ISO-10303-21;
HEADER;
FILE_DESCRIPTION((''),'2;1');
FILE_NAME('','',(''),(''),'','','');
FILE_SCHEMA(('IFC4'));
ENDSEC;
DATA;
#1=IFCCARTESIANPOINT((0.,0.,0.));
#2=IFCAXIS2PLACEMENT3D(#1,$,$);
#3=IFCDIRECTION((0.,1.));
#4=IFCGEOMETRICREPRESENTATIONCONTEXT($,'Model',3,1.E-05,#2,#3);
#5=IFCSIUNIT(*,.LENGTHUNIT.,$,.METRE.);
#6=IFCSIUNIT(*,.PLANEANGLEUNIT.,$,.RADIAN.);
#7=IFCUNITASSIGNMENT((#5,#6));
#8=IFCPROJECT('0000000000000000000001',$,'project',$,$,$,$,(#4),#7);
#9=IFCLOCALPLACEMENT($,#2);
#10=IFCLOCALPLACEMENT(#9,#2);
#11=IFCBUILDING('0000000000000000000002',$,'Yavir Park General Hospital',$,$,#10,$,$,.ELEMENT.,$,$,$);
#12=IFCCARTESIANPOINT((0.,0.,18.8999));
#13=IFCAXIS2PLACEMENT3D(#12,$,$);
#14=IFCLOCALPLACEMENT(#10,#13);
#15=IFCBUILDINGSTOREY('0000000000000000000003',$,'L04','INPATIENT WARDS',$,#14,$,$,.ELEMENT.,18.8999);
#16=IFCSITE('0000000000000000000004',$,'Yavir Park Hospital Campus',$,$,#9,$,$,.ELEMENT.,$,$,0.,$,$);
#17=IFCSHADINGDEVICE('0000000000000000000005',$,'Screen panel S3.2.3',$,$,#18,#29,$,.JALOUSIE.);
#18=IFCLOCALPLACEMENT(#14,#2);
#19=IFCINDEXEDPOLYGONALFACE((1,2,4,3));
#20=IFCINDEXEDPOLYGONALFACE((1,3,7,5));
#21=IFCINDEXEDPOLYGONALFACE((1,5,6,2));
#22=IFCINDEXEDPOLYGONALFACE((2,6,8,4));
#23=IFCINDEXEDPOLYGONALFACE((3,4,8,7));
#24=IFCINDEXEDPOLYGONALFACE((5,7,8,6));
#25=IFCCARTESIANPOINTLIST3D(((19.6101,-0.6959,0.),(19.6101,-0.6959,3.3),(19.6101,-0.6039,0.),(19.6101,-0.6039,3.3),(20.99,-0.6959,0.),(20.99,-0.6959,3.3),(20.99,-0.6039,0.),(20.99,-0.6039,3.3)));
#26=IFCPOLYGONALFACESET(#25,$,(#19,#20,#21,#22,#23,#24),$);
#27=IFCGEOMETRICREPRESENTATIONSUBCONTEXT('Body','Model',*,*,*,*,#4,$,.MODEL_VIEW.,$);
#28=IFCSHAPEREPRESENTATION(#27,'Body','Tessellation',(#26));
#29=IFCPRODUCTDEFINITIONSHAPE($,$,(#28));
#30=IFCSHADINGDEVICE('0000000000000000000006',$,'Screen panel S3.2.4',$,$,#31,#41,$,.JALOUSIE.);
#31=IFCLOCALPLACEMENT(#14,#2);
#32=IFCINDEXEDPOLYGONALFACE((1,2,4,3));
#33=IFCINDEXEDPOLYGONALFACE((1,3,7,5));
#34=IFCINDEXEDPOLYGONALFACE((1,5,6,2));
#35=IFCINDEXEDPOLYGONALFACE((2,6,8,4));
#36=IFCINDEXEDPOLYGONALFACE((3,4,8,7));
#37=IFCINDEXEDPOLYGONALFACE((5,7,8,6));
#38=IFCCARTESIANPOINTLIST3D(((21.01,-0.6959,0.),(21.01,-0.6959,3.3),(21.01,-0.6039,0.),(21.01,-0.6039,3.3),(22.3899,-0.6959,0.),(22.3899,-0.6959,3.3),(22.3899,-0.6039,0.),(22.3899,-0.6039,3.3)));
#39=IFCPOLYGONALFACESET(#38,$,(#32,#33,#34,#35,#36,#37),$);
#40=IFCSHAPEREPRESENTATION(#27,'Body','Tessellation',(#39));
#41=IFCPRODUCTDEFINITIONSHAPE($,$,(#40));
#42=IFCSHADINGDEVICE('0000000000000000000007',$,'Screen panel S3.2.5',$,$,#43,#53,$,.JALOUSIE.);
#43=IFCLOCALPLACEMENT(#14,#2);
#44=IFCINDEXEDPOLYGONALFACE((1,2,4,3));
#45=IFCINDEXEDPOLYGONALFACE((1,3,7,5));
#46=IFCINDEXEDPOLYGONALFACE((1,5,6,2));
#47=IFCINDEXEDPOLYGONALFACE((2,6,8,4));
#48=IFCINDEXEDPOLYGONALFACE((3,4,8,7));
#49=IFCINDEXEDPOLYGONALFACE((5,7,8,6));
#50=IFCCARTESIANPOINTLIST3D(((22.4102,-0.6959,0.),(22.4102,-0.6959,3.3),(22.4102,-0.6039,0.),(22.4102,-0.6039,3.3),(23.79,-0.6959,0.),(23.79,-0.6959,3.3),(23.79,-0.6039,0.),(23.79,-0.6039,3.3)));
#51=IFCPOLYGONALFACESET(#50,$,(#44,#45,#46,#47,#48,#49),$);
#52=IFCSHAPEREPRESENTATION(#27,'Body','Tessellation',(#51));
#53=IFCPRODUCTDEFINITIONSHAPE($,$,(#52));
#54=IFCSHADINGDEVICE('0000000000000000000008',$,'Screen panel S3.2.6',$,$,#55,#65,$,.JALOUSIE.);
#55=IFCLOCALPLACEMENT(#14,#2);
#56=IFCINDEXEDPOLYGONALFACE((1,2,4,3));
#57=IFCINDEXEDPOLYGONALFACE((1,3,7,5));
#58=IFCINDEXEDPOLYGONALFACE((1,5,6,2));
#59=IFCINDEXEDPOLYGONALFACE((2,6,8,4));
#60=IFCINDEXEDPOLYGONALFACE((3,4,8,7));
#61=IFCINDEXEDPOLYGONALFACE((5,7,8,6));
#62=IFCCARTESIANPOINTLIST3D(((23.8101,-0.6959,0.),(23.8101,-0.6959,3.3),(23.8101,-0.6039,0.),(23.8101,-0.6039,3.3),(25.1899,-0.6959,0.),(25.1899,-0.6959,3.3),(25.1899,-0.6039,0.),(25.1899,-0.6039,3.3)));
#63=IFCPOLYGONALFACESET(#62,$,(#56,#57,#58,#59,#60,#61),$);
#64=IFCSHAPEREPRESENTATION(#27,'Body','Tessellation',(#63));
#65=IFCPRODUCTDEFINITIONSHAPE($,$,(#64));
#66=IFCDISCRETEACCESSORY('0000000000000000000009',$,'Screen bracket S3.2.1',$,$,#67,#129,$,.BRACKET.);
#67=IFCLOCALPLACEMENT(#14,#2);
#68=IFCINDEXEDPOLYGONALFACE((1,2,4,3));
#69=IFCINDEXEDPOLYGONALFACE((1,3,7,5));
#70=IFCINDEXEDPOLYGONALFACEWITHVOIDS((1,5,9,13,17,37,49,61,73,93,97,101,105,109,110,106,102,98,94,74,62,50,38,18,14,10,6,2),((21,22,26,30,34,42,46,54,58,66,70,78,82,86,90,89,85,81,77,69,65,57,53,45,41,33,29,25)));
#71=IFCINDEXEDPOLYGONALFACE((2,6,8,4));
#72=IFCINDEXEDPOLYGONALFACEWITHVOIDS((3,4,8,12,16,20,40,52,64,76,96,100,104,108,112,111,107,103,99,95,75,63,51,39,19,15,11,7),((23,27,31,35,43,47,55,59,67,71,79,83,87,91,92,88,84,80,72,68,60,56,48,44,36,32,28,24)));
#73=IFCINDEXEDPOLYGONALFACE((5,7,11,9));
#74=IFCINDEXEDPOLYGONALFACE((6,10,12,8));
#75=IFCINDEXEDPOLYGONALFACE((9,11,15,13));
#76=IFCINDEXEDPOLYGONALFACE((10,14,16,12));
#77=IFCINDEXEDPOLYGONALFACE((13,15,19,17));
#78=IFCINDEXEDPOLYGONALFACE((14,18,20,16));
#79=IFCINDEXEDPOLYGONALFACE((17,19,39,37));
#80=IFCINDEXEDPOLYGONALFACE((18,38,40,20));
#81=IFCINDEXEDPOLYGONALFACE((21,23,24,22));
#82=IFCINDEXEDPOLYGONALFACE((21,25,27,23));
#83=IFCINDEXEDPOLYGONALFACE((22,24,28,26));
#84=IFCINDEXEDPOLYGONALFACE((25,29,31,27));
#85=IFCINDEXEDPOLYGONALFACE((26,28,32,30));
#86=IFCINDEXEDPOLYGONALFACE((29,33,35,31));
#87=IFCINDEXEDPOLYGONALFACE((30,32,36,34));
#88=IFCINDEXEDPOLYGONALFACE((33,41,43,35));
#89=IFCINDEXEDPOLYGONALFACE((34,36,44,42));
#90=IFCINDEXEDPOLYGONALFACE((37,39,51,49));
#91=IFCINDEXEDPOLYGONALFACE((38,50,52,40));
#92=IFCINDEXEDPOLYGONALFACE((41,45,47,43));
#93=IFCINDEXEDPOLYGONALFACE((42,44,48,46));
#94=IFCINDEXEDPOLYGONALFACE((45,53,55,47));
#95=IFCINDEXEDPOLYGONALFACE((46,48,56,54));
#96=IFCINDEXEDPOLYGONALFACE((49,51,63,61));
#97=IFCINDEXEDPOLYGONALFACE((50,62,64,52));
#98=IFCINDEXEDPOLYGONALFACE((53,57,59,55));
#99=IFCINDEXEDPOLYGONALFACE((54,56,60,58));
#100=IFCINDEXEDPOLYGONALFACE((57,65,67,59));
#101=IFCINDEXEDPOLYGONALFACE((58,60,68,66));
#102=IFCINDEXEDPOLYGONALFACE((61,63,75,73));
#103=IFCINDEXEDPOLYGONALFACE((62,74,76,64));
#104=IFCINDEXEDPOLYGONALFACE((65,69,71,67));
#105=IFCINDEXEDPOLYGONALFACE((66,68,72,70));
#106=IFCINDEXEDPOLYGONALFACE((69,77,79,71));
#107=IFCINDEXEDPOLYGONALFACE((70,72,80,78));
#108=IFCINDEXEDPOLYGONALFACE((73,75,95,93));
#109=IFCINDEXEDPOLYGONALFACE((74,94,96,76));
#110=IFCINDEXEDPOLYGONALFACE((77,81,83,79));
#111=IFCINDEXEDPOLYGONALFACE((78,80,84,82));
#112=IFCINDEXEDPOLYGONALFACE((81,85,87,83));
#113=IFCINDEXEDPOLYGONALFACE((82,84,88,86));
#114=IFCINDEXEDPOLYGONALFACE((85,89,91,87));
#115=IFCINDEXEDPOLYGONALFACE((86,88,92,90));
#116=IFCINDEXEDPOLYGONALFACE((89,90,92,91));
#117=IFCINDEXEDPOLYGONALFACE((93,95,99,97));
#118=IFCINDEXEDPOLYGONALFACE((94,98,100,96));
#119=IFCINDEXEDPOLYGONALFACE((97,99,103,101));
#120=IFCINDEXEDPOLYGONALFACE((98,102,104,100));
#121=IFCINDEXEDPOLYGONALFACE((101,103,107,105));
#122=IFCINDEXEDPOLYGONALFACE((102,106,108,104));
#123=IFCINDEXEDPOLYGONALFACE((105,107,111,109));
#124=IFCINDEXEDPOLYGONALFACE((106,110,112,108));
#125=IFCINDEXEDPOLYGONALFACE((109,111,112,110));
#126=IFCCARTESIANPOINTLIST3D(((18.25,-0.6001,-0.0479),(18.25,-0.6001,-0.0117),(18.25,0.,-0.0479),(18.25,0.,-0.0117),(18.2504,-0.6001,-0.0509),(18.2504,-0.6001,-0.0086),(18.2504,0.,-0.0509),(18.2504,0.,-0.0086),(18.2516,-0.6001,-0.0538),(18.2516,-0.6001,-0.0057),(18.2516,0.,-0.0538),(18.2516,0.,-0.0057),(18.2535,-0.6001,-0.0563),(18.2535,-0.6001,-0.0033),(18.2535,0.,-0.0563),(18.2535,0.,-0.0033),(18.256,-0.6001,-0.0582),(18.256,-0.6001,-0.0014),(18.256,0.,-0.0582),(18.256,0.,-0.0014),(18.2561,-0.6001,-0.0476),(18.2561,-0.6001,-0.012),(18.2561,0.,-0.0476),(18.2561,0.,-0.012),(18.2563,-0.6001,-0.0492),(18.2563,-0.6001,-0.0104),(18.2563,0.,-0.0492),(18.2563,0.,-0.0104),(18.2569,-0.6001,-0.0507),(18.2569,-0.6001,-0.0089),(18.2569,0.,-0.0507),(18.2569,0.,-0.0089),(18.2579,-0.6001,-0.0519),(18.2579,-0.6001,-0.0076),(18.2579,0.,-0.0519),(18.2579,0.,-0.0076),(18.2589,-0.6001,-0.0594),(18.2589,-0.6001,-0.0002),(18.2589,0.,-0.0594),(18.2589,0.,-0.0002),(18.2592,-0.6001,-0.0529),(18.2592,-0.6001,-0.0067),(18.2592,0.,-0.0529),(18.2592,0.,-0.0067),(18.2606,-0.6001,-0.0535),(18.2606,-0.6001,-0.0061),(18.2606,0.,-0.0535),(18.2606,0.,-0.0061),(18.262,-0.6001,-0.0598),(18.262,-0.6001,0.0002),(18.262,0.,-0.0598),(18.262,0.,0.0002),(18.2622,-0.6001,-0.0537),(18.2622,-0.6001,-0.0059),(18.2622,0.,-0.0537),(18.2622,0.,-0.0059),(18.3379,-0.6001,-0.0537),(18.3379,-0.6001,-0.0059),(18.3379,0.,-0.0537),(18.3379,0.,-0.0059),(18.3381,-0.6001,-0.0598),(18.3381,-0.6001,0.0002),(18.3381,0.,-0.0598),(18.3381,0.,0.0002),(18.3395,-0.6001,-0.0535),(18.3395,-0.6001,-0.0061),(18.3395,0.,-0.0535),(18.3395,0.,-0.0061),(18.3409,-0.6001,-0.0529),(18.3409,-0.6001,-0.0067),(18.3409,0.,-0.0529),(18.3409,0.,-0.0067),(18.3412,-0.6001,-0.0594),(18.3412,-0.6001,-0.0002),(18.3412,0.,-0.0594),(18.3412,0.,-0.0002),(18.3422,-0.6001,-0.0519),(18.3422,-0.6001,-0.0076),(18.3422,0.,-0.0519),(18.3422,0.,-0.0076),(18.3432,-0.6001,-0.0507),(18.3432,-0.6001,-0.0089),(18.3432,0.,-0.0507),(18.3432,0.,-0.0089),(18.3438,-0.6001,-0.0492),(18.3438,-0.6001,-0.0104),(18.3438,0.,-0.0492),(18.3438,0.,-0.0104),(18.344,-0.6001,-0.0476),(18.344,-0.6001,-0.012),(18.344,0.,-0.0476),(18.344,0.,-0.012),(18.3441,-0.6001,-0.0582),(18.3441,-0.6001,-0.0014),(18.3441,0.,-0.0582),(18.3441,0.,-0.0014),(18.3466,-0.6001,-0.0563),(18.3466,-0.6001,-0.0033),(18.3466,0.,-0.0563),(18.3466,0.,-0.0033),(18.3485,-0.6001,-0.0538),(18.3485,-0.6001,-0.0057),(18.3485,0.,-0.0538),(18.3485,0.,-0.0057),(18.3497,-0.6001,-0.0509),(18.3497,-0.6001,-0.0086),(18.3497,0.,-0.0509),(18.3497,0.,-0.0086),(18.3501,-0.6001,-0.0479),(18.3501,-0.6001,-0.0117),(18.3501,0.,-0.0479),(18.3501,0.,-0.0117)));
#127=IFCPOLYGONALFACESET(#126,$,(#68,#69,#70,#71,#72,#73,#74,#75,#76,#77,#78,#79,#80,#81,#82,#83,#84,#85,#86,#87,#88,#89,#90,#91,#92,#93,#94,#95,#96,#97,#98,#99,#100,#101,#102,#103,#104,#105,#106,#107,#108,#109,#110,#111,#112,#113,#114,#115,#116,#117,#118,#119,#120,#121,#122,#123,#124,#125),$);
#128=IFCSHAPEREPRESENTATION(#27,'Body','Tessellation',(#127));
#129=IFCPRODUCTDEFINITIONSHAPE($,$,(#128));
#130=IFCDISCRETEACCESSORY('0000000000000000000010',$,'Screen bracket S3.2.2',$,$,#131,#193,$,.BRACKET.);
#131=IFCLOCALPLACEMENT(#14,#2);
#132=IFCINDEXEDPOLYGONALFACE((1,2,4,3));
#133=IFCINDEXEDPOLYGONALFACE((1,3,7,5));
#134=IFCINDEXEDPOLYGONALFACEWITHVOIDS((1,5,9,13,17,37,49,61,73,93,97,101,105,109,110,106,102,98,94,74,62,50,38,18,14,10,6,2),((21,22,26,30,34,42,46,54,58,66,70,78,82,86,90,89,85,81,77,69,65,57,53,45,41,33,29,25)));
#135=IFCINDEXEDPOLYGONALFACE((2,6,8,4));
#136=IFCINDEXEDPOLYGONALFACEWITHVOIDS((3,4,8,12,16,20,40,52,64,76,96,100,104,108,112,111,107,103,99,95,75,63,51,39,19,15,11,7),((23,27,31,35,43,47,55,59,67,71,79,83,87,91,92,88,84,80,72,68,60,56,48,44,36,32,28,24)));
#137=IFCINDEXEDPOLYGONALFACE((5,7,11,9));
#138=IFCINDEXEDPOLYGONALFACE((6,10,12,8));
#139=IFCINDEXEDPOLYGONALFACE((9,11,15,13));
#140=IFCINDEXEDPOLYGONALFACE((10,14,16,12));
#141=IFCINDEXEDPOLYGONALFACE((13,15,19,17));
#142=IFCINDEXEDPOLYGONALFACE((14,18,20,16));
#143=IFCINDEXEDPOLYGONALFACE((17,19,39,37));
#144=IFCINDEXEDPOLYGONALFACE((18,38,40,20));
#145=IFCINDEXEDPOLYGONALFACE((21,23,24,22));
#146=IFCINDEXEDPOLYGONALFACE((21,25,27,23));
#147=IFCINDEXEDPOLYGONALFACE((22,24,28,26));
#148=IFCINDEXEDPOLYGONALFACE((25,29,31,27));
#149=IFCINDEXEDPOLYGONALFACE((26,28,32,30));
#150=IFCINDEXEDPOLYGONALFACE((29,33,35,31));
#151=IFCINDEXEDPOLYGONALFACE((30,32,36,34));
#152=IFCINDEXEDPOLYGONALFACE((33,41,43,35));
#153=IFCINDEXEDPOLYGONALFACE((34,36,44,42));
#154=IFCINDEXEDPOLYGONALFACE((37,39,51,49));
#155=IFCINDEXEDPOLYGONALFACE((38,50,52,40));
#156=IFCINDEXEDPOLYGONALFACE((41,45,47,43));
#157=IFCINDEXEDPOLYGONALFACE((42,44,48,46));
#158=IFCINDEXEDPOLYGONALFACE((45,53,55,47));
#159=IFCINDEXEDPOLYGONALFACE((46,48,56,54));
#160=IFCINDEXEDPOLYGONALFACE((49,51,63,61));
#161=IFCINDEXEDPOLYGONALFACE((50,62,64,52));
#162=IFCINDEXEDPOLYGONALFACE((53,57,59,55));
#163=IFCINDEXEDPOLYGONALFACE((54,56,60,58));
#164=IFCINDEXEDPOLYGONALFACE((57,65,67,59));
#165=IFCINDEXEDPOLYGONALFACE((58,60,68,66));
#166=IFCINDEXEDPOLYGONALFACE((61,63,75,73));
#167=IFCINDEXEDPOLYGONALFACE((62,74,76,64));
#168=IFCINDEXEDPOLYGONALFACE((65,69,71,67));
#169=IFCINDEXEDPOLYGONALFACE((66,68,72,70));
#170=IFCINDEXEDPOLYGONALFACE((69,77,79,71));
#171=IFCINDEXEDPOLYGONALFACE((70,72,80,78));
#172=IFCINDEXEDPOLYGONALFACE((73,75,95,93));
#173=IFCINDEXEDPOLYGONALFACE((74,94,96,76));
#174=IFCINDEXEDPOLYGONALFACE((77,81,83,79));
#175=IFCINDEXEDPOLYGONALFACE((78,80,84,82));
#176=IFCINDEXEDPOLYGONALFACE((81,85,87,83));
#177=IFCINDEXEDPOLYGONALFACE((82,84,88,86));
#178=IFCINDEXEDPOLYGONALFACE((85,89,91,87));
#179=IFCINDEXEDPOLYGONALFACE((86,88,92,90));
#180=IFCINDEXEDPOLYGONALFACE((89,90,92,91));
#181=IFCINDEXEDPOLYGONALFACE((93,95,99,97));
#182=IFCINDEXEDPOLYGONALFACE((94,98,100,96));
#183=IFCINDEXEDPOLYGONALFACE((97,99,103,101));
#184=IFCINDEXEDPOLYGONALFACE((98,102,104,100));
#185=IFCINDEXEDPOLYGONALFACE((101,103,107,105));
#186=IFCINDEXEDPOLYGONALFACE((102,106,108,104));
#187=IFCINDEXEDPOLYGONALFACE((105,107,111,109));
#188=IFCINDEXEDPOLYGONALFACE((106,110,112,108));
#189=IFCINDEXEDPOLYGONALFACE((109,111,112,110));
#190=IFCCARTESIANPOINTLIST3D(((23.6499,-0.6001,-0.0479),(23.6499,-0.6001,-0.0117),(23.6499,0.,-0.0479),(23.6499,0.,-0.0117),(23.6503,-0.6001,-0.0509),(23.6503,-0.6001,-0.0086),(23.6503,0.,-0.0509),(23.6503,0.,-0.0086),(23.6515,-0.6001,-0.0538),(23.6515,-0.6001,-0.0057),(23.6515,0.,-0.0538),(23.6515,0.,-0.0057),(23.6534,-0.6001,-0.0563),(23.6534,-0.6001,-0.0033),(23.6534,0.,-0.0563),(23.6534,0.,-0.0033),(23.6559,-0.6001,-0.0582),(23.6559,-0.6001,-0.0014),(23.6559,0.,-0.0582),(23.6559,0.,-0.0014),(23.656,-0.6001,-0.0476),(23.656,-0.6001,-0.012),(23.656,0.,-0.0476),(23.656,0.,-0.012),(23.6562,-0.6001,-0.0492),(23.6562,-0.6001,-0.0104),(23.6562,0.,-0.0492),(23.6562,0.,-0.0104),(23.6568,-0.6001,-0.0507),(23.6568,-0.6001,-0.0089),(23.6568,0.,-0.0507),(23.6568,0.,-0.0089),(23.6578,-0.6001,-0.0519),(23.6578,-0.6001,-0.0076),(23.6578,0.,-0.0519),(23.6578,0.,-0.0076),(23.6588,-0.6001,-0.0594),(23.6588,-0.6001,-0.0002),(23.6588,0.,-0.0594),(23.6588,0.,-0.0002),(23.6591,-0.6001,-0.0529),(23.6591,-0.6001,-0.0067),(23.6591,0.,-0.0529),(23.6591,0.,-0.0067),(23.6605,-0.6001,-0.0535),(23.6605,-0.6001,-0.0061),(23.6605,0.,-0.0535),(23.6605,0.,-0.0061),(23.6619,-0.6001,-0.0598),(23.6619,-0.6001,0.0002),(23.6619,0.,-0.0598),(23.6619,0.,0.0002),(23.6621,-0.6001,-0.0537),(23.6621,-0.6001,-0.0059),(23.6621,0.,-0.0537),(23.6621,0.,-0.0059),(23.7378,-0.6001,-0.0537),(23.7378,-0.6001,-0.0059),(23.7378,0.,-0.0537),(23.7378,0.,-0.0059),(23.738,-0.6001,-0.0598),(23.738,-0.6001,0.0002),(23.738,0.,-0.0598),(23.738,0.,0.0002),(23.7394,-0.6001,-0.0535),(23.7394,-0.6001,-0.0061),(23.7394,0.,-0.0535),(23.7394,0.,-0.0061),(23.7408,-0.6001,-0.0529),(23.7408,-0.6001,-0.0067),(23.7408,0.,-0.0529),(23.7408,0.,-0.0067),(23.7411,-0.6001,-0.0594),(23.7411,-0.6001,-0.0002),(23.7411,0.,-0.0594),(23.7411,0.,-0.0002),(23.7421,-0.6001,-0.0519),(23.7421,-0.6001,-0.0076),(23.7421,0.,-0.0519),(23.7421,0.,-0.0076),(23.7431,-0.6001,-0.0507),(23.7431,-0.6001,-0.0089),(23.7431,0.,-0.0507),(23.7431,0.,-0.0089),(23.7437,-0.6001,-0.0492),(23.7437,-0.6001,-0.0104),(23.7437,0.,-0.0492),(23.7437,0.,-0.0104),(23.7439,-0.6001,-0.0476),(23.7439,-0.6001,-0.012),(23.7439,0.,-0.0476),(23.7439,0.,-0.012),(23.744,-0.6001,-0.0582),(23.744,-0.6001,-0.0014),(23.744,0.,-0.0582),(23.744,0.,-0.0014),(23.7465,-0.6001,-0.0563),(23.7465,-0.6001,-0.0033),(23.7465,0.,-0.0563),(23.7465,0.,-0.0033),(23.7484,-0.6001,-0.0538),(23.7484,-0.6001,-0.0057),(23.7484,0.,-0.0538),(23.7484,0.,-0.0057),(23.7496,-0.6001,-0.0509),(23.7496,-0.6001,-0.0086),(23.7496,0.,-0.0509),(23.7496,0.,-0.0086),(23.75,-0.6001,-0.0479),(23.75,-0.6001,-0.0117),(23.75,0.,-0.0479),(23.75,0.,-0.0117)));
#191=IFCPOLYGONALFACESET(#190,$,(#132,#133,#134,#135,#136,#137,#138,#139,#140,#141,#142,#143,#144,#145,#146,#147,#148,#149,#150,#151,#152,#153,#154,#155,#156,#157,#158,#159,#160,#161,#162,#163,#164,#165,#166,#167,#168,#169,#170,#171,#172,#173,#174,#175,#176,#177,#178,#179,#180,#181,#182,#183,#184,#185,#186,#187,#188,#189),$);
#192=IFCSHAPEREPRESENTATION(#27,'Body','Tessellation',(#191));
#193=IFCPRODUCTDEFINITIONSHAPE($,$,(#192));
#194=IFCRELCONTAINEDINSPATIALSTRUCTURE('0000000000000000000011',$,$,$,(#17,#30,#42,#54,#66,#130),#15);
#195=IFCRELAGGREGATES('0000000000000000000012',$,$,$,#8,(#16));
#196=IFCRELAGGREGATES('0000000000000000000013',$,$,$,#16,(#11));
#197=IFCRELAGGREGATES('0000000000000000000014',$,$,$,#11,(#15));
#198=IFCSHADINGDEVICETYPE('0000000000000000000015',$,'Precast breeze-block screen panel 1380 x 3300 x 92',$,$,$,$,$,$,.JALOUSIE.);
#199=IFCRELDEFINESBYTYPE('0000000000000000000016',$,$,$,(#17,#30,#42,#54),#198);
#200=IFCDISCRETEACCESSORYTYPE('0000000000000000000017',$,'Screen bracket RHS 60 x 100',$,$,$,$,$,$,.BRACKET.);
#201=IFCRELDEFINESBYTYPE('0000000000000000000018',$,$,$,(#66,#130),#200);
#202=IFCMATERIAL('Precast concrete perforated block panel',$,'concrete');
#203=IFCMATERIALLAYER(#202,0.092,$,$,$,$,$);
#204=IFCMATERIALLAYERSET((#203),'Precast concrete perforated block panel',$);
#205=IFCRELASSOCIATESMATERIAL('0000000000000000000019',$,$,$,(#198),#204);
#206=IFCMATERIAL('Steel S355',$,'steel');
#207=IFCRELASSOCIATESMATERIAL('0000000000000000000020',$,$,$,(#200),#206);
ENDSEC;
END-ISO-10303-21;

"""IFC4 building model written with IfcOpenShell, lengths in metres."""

from ifc_helpers import new_model, si_unit, direction, frame, origin, origin_2d, place, context, subcontext, project, spatial, rectangle, hollow_rectangle, extrude, material, layer, layer_set, material_profile, profile_set, type_object, element, save


model = new_model("IFC4")

# Units and contexts
model_context = context("Model", 3, precision=1e-05, world=origin(), true_north=direction((0.0, 1.0)))
body_context = subcontext(model_context, "Body", "Model", "MODEL_VIEW")
ifc_project = project(units=[si_unit("LENGTHUNIT", "METRE"), si_unit("PLANEANGLEUNIT", "RADIAN")], contexts=[model_context])

# Site, building, storey
site_placement = place(None, origin())
site = spatial("IfcSite", under=ifc_project, at=site_placement, Name="Yavir Park Hospital Campus", CompositionType="ELEMENT", RefElevation=0.0)
building_placement = place(site_placement, origin())
building = spatial("IfcBuilding", under=site, at=building_placement, Name="Yavir Park General Hospital", CompositionType="ELEMENT")
storey_placement = place(building_placement, frame((0.0, 0.0, 18.8999)))
storey = spatial("IfcBuildingStorey", under=building, at=storey_placement, Name="L04", Description="INPATIENT WARDS", CompositionType="ELEMENT", Elevation=18.8999)

# Shading devices
ifc_material_1 = material(Name="Precast concrete perforated block panel", Category="concrete")
ifc_layer_1 = layer(ifc_material_1, 0.092)
ifc_layer_set_1 = layer_set([ifc_layer_1], Name="Precast concrete perforated block panel")
shading_device_type = type_object("IfcShadingDeviceType", Name="Precast breeze-block screen panel 1380 x 3300 x 92", PredefinedType="JALOUSIE", material=ifc_layer_set_1)
for number, where, z_axis, x_axis, name in (
    (1, (20.3, -0.6499, 0.0), (0.0, 0.0, 1.0), (1.0, 0.0, 0.0), "Screen panel S3.2.3"),
    (2, (21.7, -0.6499, 0.0), (0.0, 0.0, 1.0), (1.0, 0.0, 0.0), "Screen panel S3.2.4"),
    (3, (23.1001, -0.6499, 0.0), (0.0, 0.0, 1.0), (1.0, 0.0, 0.0), "Screen panel S3.2.5"),
    (4, (24.5, -0.6499, 0.0), (0.0, 0.0, 1.0), (1.0, 0.0, 0.0), "Screen panel S3.2.6"),
):
    element("IfcShadingDevice", number, at=place(storey_placement, frame(where, z_axis=z_axis, x_axis=x_axis)), inside=storey, type_object=shading_device_type, Name=name, PredefinedType="JALOUSIE", context=body_context, shape_type="SweptSolid", body=[
        extrude(rectangle(XDim=1.3799, YDim=0.092, at=origin_2d()), origin(), (0.0, 0.0, 1.0), 3.3),
    ])

# Discrete accessories
ifc_material_2 = material(Name="Steel S355", Category="steel")
ifc_material_profile_1 = material_profile(ifc_material_2, hollow_rectangle(XDim=0.1001, YDim=0.0601, WallThickness=0.0061, InnerFilletRadius=0.0061, OuterFilletRadius=0.012, at=origin_2d()), Name="RHS60x100x6")
ifc_profile_set_1 = profile_set([ifc_material_profile_1], Name="Steel S355")
discrete_accessory_type_1 = type_object("IfcDiscreteAccessoryType", Name="Screen bracket RHS 60 x 100", PredefinedType="BRACKET", material=ifc_profile_set_1)
for number, where, z_axis, x_axis, name in (
    (5, (18.3, 0.0, -0.0298), (0.0, -1.0, 0.0), (1.0, 0.0, 0.0), "Screen bracket S3.2.1"),
    (6, (23.7, 0.0, -0.0298), (0.0, -1.0, 0.0), (1.0, 0.0, 0.0), "Screen bracket S3.2.2"),
):
    element("IfcDiscreteAccessory", number, at=place(storey_placement, frame(where, z_axis=z_axis, x_axis=x_axis)), inside=storey, type_object=discrete_accessory_type_1, Name=name, PredefinedType="BRACKET", context=body_context, shape_type="SweptSolid", body=[
        extrude(hollow_rectangle(XDim=0.1001, YDim=0.0601, WallThickness=0.0061, InnerFilletRadius=0.0061, OuterFilletRadius=0.012, at=origin_2d()), origin(), (0.0, 0.0, 1.0), 0.6001),
    ])

save(model, "model.ifc")
